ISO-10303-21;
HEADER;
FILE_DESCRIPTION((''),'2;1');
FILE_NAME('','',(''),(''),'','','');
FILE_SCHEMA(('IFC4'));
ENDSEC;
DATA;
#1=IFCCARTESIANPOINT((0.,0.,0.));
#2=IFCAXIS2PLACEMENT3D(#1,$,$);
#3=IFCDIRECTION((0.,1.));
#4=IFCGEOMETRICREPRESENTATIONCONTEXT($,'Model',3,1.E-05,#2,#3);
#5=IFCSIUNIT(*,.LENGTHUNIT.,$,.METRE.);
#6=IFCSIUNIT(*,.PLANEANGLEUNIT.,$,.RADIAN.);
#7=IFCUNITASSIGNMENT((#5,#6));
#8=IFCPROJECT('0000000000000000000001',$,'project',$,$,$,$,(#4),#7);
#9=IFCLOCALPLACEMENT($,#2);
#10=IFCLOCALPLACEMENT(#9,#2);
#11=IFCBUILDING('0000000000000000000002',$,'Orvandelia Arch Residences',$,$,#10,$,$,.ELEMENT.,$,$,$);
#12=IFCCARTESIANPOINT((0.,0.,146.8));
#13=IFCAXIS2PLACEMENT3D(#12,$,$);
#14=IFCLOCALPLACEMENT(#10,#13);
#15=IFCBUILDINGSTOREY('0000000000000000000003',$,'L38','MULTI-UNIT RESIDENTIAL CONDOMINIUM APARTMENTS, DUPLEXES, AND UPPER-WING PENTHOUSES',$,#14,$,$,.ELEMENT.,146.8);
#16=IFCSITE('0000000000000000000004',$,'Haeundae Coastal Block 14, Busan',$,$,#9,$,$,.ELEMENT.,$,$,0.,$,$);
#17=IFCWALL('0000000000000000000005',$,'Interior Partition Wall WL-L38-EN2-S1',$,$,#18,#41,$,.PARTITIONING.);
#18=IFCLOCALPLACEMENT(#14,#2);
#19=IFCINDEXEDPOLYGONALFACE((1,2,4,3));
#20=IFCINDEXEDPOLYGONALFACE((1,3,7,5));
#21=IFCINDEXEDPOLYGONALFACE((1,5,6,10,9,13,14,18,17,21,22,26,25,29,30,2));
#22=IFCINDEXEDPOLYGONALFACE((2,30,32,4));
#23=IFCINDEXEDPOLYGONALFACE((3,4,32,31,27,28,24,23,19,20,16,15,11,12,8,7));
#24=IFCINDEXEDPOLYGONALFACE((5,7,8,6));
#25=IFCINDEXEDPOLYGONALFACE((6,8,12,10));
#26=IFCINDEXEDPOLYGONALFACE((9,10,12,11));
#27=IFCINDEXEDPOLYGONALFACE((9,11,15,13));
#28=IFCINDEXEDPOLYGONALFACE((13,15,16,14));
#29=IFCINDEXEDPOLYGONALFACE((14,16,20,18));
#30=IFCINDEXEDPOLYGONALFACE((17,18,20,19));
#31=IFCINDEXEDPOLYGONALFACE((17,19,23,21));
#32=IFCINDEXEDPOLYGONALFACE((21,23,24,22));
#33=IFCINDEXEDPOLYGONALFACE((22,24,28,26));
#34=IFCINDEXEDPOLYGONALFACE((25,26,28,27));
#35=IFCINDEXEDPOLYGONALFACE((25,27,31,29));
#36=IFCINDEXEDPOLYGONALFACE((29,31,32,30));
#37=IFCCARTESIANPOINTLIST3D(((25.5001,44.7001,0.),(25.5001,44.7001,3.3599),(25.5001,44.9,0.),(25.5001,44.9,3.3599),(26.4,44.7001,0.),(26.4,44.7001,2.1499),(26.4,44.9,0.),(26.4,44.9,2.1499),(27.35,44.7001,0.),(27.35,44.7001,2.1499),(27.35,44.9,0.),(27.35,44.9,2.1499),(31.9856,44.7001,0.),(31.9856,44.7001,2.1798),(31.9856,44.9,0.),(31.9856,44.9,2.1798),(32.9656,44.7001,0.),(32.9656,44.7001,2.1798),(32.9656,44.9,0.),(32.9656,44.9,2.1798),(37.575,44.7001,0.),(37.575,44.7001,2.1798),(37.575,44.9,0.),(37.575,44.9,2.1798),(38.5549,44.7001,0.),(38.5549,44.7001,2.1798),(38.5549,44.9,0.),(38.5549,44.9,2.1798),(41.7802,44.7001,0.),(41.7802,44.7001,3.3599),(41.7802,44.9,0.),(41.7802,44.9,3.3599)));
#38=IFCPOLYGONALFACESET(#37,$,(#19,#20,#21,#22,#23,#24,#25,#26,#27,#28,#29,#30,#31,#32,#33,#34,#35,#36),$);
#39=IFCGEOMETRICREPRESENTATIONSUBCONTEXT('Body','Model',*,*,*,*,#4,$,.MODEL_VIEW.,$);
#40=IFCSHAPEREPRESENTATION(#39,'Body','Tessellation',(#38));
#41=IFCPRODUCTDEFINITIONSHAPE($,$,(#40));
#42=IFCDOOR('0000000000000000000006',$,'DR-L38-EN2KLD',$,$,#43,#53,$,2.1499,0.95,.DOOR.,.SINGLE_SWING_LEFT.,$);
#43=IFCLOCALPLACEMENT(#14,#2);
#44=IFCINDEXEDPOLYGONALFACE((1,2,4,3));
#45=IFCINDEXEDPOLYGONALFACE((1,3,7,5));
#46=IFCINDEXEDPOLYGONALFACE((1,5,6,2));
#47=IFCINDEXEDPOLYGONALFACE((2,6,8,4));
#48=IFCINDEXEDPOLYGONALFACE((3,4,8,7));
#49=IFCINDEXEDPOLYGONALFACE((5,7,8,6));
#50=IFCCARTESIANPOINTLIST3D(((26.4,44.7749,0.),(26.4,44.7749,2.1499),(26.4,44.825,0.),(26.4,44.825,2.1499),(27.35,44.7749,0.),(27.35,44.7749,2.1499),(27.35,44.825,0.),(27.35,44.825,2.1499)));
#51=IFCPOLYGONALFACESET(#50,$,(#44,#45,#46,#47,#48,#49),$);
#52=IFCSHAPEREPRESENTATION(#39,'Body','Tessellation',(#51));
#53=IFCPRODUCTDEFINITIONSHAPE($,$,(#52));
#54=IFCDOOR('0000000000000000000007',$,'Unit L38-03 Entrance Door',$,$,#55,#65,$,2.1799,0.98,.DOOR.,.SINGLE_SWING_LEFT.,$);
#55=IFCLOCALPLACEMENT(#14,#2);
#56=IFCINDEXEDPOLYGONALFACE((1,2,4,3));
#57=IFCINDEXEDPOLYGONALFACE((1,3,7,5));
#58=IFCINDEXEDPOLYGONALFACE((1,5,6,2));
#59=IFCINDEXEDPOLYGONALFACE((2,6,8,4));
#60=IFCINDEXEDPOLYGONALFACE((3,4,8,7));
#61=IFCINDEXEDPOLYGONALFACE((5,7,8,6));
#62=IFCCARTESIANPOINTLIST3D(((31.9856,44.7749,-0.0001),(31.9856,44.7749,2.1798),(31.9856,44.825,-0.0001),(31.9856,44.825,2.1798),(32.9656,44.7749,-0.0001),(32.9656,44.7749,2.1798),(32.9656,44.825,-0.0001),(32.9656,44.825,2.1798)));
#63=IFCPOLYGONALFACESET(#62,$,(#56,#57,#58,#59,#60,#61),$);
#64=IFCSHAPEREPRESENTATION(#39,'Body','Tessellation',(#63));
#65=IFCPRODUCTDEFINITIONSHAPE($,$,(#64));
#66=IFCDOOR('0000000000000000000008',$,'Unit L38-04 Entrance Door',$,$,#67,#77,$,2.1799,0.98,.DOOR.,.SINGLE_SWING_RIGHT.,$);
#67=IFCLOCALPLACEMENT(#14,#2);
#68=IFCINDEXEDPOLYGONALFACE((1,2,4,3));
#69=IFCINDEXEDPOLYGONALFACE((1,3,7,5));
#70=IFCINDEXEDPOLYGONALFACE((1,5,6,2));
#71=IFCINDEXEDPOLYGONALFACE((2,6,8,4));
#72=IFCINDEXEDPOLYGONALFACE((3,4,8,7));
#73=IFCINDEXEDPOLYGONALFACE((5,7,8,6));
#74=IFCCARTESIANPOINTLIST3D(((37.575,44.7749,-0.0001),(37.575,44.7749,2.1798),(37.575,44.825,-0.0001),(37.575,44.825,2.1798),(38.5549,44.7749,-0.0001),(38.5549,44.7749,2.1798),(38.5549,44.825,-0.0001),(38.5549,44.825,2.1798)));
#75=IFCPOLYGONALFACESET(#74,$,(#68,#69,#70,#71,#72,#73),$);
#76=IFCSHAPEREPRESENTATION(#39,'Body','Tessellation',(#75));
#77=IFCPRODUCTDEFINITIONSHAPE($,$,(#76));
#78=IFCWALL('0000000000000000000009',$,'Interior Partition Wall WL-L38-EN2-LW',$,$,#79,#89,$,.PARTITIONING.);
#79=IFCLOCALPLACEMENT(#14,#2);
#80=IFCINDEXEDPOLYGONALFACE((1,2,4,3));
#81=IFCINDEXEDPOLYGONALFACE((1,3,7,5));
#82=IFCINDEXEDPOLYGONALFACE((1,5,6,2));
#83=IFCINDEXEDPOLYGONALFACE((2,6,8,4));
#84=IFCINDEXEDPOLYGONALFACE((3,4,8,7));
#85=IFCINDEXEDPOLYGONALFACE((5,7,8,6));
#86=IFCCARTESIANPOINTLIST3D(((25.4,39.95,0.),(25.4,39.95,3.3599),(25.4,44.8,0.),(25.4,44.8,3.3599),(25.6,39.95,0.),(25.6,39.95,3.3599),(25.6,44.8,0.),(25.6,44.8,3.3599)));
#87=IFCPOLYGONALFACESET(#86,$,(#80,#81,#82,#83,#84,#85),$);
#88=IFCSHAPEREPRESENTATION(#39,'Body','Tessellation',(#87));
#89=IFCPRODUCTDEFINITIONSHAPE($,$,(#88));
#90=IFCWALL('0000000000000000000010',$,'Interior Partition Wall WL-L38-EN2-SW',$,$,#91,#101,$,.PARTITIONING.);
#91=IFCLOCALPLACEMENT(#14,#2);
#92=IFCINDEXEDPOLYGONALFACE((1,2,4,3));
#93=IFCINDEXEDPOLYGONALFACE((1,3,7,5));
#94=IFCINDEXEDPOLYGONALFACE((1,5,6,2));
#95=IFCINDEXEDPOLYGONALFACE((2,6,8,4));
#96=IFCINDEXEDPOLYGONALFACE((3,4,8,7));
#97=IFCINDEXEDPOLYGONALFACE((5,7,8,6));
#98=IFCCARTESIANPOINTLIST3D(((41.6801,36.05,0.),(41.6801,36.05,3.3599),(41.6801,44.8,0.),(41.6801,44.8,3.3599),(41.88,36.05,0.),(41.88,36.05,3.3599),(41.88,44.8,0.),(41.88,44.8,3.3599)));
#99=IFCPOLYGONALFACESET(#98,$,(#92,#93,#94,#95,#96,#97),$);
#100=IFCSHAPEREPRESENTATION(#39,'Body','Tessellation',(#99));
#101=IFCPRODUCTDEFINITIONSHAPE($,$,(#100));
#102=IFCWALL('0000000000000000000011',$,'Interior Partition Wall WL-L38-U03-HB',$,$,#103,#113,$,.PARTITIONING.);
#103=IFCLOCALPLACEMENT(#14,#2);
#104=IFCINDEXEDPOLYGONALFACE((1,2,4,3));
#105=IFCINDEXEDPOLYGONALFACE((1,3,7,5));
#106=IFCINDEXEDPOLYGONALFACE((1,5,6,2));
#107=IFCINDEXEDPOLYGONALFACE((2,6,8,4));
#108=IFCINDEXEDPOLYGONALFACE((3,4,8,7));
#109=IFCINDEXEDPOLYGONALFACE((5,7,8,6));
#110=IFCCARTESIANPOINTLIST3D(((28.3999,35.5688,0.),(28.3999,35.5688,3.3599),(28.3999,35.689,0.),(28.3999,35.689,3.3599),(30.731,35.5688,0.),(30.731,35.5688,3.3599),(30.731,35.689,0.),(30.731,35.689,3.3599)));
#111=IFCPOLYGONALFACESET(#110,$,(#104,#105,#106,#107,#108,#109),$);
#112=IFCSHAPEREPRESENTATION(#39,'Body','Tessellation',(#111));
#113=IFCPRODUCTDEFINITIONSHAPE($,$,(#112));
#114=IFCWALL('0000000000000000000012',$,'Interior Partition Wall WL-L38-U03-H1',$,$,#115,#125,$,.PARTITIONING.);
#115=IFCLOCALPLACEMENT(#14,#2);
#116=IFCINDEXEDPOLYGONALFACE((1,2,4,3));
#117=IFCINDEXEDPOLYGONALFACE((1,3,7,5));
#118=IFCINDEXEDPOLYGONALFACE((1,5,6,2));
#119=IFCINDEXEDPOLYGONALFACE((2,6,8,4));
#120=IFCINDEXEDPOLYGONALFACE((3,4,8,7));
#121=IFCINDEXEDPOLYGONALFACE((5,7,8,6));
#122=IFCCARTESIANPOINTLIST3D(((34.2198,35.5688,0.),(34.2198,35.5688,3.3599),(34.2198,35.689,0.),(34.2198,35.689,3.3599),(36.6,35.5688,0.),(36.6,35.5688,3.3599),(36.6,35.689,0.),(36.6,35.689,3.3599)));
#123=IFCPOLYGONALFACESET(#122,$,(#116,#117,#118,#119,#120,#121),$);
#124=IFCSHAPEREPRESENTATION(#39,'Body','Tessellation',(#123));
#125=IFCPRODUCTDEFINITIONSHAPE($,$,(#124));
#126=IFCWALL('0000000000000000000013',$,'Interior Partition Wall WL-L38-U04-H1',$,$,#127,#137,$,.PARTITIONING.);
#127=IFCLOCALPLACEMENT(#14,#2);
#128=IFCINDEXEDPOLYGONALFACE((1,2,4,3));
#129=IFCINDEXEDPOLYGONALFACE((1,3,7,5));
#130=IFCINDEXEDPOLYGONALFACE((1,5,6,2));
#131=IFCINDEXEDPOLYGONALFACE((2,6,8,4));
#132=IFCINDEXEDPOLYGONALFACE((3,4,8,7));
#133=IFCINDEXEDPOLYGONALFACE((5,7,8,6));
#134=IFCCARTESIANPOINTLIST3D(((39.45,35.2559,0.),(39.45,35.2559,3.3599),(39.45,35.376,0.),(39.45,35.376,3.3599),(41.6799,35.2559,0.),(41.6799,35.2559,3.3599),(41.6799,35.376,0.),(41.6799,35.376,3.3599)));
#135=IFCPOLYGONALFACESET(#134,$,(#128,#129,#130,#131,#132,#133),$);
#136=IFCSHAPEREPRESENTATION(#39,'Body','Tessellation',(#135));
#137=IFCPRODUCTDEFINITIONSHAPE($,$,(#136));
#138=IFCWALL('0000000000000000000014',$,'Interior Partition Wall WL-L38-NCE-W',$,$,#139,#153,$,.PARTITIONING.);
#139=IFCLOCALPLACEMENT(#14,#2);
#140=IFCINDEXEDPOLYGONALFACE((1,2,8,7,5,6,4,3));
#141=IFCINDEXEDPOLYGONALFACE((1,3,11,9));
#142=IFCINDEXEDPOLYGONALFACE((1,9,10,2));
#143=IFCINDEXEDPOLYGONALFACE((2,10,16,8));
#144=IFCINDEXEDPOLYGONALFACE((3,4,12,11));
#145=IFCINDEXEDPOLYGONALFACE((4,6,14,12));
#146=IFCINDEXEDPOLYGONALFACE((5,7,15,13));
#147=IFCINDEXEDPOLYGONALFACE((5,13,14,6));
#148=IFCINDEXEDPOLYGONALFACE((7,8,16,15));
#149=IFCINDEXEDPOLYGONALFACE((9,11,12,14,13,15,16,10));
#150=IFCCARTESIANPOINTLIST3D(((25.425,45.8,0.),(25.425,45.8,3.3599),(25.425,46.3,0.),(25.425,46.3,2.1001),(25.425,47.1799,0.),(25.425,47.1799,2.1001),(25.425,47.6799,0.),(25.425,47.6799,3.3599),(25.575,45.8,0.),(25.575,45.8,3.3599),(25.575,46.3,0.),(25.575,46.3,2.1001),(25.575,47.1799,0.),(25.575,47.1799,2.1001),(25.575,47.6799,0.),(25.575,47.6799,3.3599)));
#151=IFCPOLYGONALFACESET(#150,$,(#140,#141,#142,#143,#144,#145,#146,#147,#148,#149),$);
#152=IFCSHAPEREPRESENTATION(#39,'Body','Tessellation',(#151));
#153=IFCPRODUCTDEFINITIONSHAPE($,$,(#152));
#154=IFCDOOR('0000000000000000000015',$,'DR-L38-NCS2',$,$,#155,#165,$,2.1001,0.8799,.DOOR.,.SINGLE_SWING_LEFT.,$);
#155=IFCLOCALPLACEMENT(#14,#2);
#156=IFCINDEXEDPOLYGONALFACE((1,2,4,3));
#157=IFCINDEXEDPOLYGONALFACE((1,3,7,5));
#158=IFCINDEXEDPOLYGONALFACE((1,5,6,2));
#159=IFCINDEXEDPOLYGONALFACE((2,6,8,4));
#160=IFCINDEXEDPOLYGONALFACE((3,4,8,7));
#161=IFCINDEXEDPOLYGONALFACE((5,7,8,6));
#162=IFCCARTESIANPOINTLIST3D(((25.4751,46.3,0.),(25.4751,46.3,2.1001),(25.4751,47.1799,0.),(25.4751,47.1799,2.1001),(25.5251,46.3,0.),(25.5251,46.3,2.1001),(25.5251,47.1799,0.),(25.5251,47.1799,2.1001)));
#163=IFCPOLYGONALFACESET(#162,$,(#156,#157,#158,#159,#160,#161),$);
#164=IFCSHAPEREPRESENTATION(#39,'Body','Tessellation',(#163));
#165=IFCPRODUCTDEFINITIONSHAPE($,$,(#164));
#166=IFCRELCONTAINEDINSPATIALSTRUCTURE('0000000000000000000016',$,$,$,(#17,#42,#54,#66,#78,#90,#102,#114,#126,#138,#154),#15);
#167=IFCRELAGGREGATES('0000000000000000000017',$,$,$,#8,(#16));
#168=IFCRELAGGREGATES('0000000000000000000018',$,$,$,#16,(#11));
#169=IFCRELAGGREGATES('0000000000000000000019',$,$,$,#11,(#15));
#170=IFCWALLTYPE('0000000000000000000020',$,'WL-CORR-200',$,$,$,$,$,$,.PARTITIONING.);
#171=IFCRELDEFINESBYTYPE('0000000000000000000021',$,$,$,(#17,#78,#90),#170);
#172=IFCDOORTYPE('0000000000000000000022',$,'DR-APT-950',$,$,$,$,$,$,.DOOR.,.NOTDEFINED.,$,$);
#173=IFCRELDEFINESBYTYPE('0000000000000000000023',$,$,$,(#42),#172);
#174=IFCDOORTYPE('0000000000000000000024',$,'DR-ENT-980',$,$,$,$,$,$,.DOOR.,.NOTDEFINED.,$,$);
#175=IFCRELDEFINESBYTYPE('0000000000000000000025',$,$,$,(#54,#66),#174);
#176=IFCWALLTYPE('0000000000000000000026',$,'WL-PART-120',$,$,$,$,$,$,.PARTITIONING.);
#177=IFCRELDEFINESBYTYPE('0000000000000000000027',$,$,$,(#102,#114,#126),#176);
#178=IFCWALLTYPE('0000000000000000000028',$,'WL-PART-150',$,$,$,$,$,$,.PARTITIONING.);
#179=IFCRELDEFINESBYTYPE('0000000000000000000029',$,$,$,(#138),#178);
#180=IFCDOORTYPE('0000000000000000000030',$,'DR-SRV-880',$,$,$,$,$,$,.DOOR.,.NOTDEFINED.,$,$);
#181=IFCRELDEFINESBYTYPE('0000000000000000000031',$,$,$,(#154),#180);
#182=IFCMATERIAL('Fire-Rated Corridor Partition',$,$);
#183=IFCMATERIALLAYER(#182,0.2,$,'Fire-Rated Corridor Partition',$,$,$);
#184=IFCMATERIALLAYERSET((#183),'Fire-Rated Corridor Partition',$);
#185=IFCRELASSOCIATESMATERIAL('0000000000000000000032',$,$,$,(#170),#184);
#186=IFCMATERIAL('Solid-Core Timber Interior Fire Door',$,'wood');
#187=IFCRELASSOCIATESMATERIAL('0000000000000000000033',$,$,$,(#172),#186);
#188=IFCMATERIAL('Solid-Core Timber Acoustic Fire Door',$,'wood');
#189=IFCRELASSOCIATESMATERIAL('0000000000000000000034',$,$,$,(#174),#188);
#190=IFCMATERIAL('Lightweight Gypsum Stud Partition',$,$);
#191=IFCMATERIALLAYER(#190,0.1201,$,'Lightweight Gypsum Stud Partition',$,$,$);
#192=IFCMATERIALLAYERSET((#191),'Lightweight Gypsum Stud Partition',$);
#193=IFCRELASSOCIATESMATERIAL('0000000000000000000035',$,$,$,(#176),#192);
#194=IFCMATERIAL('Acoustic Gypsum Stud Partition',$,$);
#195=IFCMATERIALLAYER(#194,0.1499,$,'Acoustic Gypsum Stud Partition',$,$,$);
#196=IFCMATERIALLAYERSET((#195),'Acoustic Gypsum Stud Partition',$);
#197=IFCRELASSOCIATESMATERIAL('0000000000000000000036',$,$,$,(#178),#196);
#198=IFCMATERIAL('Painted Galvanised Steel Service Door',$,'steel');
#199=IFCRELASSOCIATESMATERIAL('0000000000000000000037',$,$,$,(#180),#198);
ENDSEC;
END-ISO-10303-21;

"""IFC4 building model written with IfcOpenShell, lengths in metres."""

from ifc_helpers import new_model, si_unit, direction, frame, frame_2d, origin, place, context, subcontext, project, spatial, rectangle, extrude, material, layer, layer_set, type_object, element, fill, save


model = new_model("IFC4")

# Units and contexts
model_context = context("Model", 3, precision=1e-05, world=origin(), true_north=direction((0.0, 1.0)))
body_context = subcontext(model_context, "Body", "Model", "MODEL_VIEW")
ifc_project = project(units=[si_unit("LENGTHUNIT", "METRE"), si_unit("PLANEANGLEUNIT", "RADIAN")], contexts=[model_context])

# Site, building, storey
site_placement = place(None, origin())
site = spatial("IfcSite", under=ifc_project, at=site_placement, Name="Haeundae Coastal Block 14, Busan", CompositionType="ELEMENT", RefElevation=0.0)
building_placement = place(site_placement, origin())
building = spatial("IfcBuilding", under=site, at=building_placement, Name="Orvandelia Arch Residences", CompositionType="ELEMENT")
storey_placement = place(building_placement, frame((0.0, 0.0, 146.8)))
storey = spatial("IfcBuildingStorey", under=building, at=storey_placement, Name="L38", Description="MULTI-UNIT RESIDENTIAL CONDOMINIUM APARTMENTS, DUPLEXES, AND UPPER-WING PENTHOUSES", CompositionType="ELEMENT", Elevation=146.8)

# Wall, openings, doors
ifc_material_1 = material(Name="Fire-Rated Corridor Partition")
ifc_layer_1 = layer(ifc_material_1, 0.2, Name="Fire-Rated Corridor Partition")
ifc_layer_set_1 = layer_set([ifc_layer_1], Name="Fire-Rated Corridor Partition")
wall_type_1 = type_object("IfcWallType", Name="WL-CORR-200", PredefinedType="PARTITIONING", material=ifc_layer_set_1)
wall_1_placement = place(storey_placement, frame((25.5, 44.8, 0.0), z_axis=(0.0, 0.0, 1.0), x_axis=(1.0, 0.0, 0.0)))
wall_1 = element("IfcWall", 1, at=wall_1_placement, inside=storey, type_object=wall_type_1, Name="Interior Partition Wall WL-L38-EN2-S1", PredefinedType="PARTITIONING", context=body_context, shape_type="SweptSolid", body=[
    extrude(rectangle(XDim=16.28, YDim=0.2, at=frame_2d((8.1401, 0.0))), origin(), (0.0, 0.0, 1.0), 3.3599),
])
opening_1_placement = place(wall_1_placement, frame((0.8999, 0.0, 0.0)))
opening_1 = element("IfcOpeningElement", 2, at=opening_1_placement, cuts=wall_1, PredefinedType="OPENING", context=body_context, shape_type="SweptSolid", body=[
    extrude(rectangle(XDim=0.95, YDim=2.1499, at=frame_2d((0.4751, 1.075))), frame((0.0, 0.1099, 0.0), z_axis=(0.0, -1.0, 0.0), x_axis=(1.0, 0.0, 0.0)), (0.0, 0.0, 1.0), 0.22),
])
opening_2_placement = place(wall_1_placement, frame((6.4856, 0.0, 0.0)))
opening_2 = element("IfcOpeningElement", 3, at=opening_2_placement, cuts=wall_1, PredefinedType="OPENING", context=body_context, shape_type="SweptSolid", body=[
    extrude(rectangle(XDim=0.98, YDim=2.1799, at=frame_2d((0.49, 1.0898))), frame((0.0, 0.1099, 0.0), z_axis=(0.0, -1.0, 0.0), x_axis=(1.0, 0.0, 0.0)), (0.0, 0.0, 1.0), 0.22),
])
opening_3_placement = place(wall_1_placement, frame((12.075, 0.0, 0.0)))
opening_3 = element("IfcOpeningElement", 4, at=opening_3_placement, cuts=wall_1, PredefinedType="OPENING", context=body_context, shape_type="SweptSolid", body=[
    extrude(rectangle(XDim=0.98, YDim=2.1799, at=frame_2d((0.49, 1.0898))), frame((0.0, 0.1099, 0.0), z_axis=(0.0, -1.0, 0.0), x_axis=(1.0, 0.0, 0.0)), (0.0, 0.0, 1.0), 0.22),
])
ifc_material_2 = material(Name="Solid-Core Timber Interior Fire Door", Category="wood")
door_type_1 = type_object("IfcDoorType", Name="DR-APT-950", OperationType="NOTDEFINED", PredefinedType="DOOR", material=ifc_material_2)
door_1_placement = place(opening_1_placement, origin())
door_1 = element("IfcDoor", 5, at=door_1_placement, inside=storey, type_object=door_type_1, Name="DR-L38-EN2KLD", OperationType="SINGLE_SWING_LEFT", OverallHeight=2.1499, OverallWidth=0.95, PredefinedType="DOOR", context=body_context, shape_type="SweptSolid", body=[
    extrude(rectangle(XDim=0.95, YDim=2.1499, at=frame_2d((0.4751, 1.075))), frame((0.0, 0.0249, 0.0), z_axis=(0.0, -1.0, 0.0), x_axis=(1.0, 0.0, 0.0)), (0.0, 0.0, 1.0), 0.05),
])
fill(opening_1, door_1)
ifc_material_3 = material(Name="Solid-Core Timber Acoustic Fire Door", Category="wood")
door_type_2 = type_object("IfcDoorType", Name="DR-ENT-980", OperationType="NOTDEFINED", PredefinedType="DOOR", material=ifc_material_3)
door_2_placement = place(opening_2_placement, origin())
door_2 = element("IfcDoor", 6, at=door_2_placement, inside=storey, type_object=door_type_2, Name="Unit L38-03 Entrance Door", OperationType="SINGLE_SWING_LEFT", OverallHeight=2.1799, OverallWidth=0.98, PredefinedType="DOOR", context=body_context, shape_type="SweptSolid", body=[
    extrude(rectangle(XDim=0.98, YDim=2.1799, at=frame_2d((0.49, 1.0898))), frame((0.0, 0.0249, 0.0), z_axis=(0.0, -1.0, 0.0), x_axis=(1.0, 0.0, 0.0)), (0.0, 0.0, 1.0), 0.05),
])
fill(opening_2, door_2)
door_3_placement = place(opening_3_placement, origin())
door_3 = element("IfcDoor", 7, at=door_3_placement, inside=storey, type_object=door_type_2, Name="Unit L38-04 Entrance Door", OperationType="SINGLE_SWING_RIGHT", OverallHeight=2.1799, OverallWidth=0.98, PredefinedType="DOOR", context=body_context, shape_type="SweptSolid", body=[
    extrude(rectangle(XDim=0.98, YDim=2.1799, at=frame_2d((0.49, 1.0898))), frame((0.0, 0.0249, 0.0), z_axis=(0.0, -1.0, 0.0), x_axis=(1.0, 0.0, 0.0)), (0.0, 0.0, 1.0), 0.05),
])
fill(opening_3, door_3)

# Walls
wall_2_placement = place(storey_placement, frame((25.5, 39.95, 0.0), z_axis=(0.0, 0.0, 1.0), x_axis=(0.0, 1.0, 0.0)))
element("IfcWall", 8, at=wall_2_placement, inside=storey, type_object=wall_type_1, Name="Interior Partition Wall WL-L38-EN2-LW", PredefinedType="PARTITIONING", context=body_context, shape_type="SweptSolid", body=[
    extrude(rectangle(XDim=4.8501, YDim=0.2, at=frame_2d((2.425, 0.0))), origin(), (0.0, 0.0, 1.0), 3.3599),
])
wall_3_placement = place(storey_placement, frame((41.78, 36.05, 0.0), z_axis=(0.0, 0.0, 1.0), x_axis=(0.0, 1.0, 0.0)))
element("IfcWall", 9, at=wall_3_placement, inside=storey, type_object=wall_type_1, Name="Interior Partition Wall WL-L38-EN2-SW", PredefinedType="PARTITIONING", context=body_context, shape_type="SweptSolid", body=[
    extrude(rectangle(XDim=8.75, YDim=0.2, at=frame_2d((4.375, 0.0))), origin(), (0.0, 0.0, 1.0), 3.3599),
])

# Walls
ifc_material_4 = material(Name="Lightweight Gypsum Stud Partition")
ifc_layer_2 = layer(ifc_material_4, 0.1201, Name="Lightweight Gypsum Stud Partition")
ifc_layer_set_2 = layer_set([ifc_layer_2], Name="Lightweight Gypsum Stud Partition")
wall_type_2 = type_object("IfcWallType", Name="WL-PART-120", PredefinedType="PARTITIONING", material=ifc_layer_set_2)
wall_4_placement = place(storey_placement, frame((28.3999, 35.6289, 0.0), z_axis=(0.0, 0.0, 1.0), x_axis=(1.0, 0.0, 0.0)))
element("IfcWall", 10, at=wall_4_placement, inside=storey, type_object=wall_type_2, Name="Interior Partition Wall WL-L38-U03-HB", PredefinedType="PARTITIONING", context=body_context, shape_type="SweptSolid", body=[
    extrude(rectangle(XDim=2.3311, YDim=0.1201, at=frame_2d((1.1655, 0.0))), origin(), (0.0, 0.0, 1.0), 3.3599),
])
wall_5_placement = place(storey_placement, frame((34.22, 35.6289, 0.0), z_axis=(0.0, 0.0, 1.0), x_axis=(1.0, 0.0, 0.0)))
element("IfcWall", 11, at=wall_5_placement, inside=storey, type_object=wall_type_2, Name="Interior Partition Wall WL-L38-U03-H1", PredefinedType="PARTITIONING", context=body_context, shape_type="SweptSolid", body=[
    extrude(rectangle(XDim=2.3801, YDim=0.1201, at=frame_2d((1.1899, 0.0))), origin(), (0.0, 0.0, 1.0), 3.3599),
])

# Wall
wall_6_placement = place(storey_placement, frame((39.45, 35.3159, 0.0), z_axis=(0.0, 0.0, 1.0), x_axis=(1.0, 0.0, 0.0)))
element("IfcWall", 12, at=wall_6_placement, inside=storey, type_object=wall_type_2, Name="Interior Partition Wall WL-L38-U04-H1", PredefinedType="PARTITIONING", context=body_context, shape_type="SweptSolid", body=[
    extrude(rectangle(XDim=2.23, YDim=0.1201, at=frame_2d((1.115, 0.0))), origin(), (0.0, 0.0, 1.0), 3.3599),
])

# Wall, opening, door
ifc_material_5 = material(Name="Acoustic Gypsum Stud Partition")
ifc_layer_3 = layer(ifc_material_5, 0.1499, Name="Acoustic Gypsum Stud Partition")
ifc_layer_set_3 = layer_set([ifc_layer_3], Name="Acoustic Gypsum Stud Partition")
wall_type_3 = type_object("IfcWallType", Name="WL-PART-150", PredefinedType="PARTITIONING", material=ifc_layer_set_3)
wall_7_placement = place(storey_placement, frame((25.5, 45.8, 0.0), z_axis=(0.0, 0.0, 1.0), x_axis=(0.0, 1.0, 0.0)))
wall_7 = element("IfcWall", 13, at=wall_7_placement, inside=storey, type_object=wall_type_3, Name="Interior Partition Wall WL-L38-NCE-W", PredefinedType="PARTITIONING", context=body_context, shape_type="SweptSolid", body=[
    extrude(rectangle(XDim=1.8799, YDim=0.1499, at=frame_2d((0.9399, 0.0))), origin(), (0.0, 0.0, 1.0), 3.3599),
])
opening_4_placement = place(wall_7_placement, frame((0.5, 0.0, 0.0)))
opening_4 = element("IfcOpeningElement", 14, at=opening_4_placement, cuts=wall_7, PredefinedType="OPENING", context=body_context, shape_type="SweptSolid", body=[
    extrude(rectangle(XDim=0.8799, YDim=2.1001, at=frame_2d((0.4399, 1.05))), frame((0.0, 0.085, 0.0), z_axis=(0.0, -1.0, 0.0), x_axis=(1.0, 0.0, 0.0)), (0.0, 0.0, 1.0), 0.1699),
])
ifc_material_6 = material(Name="Painted Galvanised Steel Service Door", Category="steel")
door_type_3 = type_object("IfcDoorType", Name="DR-SRV-880", OperationType="NOTDEFINED", PredefinedType="DOOR", material=ifc_material_6)
door_4_placement = place(opening_4_placement, origin())
door_4 = element("IfcDoor", 15, at=door_4_placement, inside=storey, type_object=door_type_3, Name="DR-L38-NCS2", OperationType="SINGLE_SWING_LEFT", OverallHeight=2.1001, OverallWidth=0.8799, PredefinedType="DOOR", context=body_context, shape_type="SweptSolid", body=[
    extrude(rectangle(XDim=0.8799, YDim=2.1001, at=frame_2d((0.4399, 1.05))), frame((0.0, 0.0249, 0.0), z_axis=(0.0, -1.0, 0.0), x_axis=(1.0, 0.0, 0.0)), (0.0, 0.0, 1.0), 0.05),
])
fill(opening_4, door_4)

save(model, "model.ifc")
